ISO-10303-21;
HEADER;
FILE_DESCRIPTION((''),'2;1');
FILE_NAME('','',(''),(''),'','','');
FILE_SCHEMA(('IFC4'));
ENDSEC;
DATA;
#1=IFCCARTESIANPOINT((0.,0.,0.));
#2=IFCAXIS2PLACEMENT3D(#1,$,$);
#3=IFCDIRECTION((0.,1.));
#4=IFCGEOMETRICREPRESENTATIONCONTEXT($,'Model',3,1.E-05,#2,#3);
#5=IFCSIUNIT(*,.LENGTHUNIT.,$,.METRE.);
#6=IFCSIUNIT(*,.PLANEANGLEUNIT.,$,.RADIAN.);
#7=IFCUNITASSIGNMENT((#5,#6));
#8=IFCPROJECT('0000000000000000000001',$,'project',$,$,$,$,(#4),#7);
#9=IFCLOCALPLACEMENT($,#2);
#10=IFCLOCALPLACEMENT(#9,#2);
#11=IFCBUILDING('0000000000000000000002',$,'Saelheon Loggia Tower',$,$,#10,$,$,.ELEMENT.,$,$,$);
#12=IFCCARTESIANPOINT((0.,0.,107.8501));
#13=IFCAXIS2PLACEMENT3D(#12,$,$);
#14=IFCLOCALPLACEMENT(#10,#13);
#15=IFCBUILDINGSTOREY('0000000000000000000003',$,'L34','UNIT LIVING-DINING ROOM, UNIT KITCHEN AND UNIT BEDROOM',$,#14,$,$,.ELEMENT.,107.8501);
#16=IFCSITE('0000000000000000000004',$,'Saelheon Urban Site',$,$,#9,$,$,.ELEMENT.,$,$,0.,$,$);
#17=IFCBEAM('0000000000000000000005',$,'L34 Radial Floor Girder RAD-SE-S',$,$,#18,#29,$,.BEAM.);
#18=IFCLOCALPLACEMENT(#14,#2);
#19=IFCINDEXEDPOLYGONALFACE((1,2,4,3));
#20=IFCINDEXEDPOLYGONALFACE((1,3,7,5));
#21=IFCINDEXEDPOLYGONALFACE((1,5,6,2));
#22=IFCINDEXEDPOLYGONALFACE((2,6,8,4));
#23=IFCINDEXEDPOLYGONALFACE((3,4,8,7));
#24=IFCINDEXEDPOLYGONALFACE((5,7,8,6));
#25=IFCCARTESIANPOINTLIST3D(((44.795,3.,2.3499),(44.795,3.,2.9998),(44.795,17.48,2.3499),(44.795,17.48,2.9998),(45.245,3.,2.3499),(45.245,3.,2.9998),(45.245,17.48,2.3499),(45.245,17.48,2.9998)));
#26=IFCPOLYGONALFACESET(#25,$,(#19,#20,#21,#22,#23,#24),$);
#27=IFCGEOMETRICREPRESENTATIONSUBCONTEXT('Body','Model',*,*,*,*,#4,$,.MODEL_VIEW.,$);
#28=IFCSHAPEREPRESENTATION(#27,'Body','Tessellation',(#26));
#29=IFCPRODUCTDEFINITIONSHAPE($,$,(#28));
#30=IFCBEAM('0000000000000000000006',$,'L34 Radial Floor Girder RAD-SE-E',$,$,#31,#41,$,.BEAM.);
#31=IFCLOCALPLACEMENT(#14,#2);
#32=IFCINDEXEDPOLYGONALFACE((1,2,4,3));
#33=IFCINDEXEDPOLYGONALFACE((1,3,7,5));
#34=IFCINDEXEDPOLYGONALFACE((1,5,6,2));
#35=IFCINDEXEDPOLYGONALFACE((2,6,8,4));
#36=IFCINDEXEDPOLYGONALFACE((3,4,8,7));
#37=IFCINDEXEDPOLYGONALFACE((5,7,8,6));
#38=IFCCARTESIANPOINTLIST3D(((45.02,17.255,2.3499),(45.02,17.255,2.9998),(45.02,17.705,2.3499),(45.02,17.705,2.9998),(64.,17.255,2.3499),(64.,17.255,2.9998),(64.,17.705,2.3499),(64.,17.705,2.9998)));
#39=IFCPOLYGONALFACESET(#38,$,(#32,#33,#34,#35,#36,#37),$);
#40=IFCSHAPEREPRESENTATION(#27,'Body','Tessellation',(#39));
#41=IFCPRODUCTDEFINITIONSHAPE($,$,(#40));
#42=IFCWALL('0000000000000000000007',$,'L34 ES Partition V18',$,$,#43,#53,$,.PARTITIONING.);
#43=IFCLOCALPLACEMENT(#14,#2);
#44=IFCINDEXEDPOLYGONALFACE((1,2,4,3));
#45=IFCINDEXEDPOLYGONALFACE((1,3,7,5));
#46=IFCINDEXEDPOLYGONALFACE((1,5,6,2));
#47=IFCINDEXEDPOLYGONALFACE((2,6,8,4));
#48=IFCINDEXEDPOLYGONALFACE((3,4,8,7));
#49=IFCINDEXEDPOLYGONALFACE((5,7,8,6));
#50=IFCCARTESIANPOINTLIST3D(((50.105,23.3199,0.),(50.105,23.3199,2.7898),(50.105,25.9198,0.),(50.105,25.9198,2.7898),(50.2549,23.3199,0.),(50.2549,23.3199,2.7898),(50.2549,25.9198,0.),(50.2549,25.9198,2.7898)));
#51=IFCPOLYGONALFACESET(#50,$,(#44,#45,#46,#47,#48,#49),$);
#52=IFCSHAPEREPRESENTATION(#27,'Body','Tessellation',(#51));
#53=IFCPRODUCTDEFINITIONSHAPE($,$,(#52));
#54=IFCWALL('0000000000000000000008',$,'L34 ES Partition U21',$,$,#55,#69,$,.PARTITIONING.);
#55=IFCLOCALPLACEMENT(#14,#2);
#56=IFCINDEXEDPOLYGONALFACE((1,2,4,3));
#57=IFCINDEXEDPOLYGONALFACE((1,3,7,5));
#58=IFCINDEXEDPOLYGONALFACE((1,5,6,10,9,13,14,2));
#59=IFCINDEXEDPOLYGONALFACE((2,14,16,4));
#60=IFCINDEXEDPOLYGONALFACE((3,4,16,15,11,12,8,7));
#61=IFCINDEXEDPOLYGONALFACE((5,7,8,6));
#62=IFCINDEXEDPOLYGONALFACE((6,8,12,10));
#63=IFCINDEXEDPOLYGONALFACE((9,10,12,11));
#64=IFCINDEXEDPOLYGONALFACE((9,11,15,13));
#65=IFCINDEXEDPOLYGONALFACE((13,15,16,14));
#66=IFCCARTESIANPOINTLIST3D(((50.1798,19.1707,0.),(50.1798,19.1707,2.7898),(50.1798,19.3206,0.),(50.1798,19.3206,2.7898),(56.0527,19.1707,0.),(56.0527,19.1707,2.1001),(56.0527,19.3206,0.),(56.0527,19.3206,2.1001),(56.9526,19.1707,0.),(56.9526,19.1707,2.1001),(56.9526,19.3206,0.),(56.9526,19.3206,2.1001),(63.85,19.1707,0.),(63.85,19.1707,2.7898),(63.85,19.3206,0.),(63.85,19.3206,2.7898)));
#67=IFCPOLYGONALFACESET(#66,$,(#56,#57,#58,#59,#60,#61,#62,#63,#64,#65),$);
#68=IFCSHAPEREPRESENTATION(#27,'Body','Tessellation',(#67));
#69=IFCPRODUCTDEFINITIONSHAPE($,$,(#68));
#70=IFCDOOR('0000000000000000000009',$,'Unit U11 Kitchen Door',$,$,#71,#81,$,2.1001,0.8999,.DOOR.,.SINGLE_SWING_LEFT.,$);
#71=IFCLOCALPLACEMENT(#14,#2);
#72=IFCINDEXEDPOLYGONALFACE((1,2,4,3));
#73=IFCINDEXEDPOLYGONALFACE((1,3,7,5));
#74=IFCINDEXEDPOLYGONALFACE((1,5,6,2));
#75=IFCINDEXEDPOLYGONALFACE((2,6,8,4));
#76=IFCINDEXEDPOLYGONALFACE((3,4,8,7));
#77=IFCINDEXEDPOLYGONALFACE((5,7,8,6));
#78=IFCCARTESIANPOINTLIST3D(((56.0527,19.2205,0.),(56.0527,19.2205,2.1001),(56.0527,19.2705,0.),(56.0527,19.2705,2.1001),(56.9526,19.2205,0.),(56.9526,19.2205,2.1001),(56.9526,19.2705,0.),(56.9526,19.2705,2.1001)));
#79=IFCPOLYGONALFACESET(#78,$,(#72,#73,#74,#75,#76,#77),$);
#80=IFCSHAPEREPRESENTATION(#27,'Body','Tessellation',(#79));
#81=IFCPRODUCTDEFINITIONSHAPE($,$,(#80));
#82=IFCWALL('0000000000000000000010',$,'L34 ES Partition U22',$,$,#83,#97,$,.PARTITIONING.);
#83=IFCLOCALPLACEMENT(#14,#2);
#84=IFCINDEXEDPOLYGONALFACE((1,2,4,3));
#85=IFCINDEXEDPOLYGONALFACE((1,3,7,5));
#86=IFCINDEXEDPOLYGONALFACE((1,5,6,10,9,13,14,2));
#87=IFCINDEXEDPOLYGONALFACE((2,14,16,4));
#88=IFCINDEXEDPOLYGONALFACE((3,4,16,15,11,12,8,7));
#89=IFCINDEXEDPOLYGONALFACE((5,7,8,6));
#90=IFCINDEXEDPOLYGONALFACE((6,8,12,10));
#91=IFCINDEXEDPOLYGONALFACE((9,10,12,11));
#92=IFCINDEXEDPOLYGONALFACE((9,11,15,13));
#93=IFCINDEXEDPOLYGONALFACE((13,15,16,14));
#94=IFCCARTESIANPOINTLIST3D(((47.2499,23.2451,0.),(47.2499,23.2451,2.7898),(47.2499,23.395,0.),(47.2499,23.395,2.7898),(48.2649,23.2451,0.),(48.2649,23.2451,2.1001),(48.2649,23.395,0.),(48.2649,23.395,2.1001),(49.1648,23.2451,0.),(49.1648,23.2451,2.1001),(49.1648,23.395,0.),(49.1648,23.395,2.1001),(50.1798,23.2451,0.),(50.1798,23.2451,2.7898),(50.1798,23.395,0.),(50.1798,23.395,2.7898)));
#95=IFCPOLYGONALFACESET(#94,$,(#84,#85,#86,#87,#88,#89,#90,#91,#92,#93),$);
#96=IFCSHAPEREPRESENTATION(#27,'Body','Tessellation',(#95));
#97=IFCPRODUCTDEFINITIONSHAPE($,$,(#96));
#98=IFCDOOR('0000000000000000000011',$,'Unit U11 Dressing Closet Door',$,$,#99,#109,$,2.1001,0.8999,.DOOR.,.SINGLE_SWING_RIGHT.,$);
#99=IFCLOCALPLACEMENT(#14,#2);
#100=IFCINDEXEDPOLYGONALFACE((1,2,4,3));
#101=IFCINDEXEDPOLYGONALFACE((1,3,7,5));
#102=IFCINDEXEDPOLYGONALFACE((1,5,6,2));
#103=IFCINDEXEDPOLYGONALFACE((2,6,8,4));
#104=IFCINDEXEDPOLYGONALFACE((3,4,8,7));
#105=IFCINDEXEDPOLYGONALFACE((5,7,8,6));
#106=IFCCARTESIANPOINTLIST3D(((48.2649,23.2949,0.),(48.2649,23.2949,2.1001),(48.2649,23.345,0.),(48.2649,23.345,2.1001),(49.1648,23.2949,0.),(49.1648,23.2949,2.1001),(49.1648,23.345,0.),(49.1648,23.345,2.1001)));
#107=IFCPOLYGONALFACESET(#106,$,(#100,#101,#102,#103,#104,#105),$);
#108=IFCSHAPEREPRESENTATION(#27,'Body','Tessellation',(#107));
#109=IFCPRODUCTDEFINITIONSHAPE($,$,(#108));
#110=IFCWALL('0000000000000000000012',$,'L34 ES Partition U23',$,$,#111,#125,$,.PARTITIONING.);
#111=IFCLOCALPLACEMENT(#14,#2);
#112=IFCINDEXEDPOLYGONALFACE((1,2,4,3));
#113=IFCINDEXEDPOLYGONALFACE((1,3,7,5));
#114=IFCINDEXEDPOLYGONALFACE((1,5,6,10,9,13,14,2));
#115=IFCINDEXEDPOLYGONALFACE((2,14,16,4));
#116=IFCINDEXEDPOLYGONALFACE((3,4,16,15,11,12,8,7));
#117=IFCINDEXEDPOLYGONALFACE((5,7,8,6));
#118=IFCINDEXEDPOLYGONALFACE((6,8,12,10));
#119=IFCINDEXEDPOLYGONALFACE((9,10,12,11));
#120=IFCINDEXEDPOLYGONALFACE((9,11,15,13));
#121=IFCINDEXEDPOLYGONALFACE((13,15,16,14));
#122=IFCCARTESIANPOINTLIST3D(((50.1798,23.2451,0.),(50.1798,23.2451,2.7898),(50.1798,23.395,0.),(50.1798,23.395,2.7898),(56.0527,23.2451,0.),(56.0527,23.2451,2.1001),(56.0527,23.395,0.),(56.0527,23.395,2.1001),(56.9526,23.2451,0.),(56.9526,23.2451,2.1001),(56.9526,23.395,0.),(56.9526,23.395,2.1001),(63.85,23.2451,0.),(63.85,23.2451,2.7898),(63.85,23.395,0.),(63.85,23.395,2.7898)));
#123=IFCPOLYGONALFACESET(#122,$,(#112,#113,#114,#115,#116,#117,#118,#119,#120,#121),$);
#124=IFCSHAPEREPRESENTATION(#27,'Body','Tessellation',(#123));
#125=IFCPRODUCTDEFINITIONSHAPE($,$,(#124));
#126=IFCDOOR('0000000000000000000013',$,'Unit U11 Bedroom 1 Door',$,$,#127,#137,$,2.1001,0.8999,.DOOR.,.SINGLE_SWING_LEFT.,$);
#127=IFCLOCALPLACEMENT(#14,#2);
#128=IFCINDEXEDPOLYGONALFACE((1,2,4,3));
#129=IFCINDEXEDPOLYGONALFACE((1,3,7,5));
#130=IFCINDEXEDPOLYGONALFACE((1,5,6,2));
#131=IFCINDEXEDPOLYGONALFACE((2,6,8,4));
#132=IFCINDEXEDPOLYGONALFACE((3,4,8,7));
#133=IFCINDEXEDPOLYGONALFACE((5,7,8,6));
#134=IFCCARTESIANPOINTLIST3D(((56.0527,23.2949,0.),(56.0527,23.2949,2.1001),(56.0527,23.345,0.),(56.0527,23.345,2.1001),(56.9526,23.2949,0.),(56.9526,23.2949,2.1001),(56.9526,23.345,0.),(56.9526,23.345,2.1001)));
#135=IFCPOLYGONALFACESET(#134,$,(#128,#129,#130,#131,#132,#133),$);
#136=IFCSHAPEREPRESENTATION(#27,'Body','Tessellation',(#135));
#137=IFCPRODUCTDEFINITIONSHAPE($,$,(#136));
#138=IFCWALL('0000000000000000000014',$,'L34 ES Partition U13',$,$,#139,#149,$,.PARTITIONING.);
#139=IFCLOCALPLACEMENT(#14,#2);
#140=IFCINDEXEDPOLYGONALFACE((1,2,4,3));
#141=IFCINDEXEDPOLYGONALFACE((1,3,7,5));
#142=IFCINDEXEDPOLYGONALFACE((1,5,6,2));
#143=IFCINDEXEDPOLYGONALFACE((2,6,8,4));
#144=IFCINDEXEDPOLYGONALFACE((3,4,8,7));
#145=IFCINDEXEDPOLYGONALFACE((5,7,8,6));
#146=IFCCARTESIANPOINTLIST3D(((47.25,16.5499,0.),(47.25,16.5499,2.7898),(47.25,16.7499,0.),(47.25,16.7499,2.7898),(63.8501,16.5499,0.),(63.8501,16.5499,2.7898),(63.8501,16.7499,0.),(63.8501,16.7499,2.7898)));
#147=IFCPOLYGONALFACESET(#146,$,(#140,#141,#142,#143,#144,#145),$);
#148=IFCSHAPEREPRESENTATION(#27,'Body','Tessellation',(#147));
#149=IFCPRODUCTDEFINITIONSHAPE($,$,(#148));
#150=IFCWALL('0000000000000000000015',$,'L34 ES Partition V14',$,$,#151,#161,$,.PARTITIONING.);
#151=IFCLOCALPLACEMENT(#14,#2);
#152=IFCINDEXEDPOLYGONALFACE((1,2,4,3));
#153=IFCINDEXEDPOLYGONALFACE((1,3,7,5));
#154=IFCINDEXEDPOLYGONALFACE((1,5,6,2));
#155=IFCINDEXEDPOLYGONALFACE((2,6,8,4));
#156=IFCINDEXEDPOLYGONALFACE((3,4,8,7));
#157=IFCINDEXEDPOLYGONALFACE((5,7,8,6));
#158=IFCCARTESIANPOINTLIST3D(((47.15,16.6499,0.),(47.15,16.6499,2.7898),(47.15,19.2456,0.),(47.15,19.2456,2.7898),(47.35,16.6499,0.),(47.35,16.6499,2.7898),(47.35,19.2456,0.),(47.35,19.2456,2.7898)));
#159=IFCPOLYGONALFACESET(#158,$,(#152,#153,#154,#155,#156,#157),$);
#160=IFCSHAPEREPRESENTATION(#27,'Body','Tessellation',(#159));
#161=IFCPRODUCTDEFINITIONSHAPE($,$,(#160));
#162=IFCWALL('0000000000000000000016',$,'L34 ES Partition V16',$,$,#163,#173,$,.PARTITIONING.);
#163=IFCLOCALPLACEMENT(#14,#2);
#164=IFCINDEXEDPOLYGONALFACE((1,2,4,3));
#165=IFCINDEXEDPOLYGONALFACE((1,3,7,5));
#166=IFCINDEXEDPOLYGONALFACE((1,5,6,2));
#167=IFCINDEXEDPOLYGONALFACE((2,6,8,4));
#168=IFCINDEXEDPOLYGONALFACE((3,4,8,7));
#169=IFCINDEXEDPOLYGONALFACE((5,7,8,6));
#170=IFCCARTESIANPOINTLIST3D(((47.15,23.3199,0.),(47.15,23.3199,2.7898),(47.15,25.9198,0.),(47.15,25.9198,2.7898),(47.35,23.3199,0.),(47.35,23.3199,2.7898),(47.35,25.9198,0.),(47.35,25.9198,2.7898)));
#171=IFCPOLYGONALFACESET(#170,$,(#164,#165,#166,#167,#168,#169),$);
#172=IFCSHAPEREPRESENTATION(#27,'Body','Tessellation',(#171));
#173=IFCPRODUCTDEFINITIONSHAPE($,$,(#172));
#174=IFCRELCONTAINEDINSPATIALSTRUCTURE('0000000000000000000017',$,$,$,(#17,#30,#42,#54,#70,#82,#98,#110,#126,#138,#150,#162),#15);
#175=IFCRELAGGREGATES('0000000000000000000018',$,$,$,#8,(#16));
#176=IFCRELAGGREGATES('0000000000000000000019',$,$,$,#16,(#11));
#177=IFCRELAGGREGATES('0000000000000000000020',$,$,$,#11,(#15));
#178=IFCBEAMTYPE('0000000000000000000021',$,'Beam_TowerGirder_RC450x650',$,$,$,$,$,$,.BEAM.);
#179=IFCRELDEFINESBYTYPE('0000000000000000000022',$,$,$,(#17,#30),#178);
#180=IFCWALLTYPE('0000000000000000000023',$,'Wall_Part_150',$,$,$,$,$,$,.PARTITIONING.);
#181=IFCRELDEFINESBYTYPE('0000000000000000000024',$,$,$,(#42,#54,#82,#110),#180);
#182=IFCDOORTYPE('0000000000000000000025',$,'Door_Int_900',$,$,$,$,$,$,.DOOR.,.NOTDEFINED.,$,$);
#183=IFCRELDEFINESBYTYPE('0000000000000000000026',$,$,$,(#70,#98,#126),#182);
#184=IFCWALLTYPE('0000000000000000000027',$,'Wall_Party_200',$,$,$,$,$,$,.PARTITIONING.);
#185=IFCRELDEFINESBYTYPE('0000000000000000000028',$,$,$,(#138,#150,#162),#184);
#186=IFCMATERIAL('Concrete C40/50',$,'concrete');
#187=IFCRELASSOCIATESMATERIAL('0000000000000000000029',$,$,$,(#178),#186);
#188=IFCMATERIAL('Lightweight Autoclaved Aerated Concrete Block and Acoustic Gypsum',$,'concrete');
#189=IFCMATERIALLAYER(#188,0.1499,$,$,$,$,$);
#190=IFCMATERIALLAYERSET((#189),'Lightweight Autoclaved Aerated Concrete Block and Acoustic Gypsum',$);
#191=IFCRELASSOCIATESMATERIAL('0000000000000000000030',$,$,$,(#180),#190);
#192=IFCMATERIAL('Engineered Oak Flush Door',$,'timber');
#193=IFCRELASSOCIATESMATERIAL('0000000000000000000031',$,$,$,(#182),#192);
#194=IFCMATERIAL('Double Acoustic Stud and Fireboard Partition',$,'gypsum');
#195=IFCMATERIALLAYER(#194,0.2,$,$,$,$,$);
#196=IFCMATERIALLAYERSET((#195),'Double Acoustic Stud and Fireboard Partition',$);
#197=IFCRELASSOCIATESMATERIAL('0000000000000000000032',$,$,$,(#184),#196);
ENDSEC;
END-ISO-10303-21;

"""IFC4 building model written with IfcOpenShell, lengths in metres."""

from ifc_helpers import new_model, si_unit, direction, frame, frame_2d, origin, origin_2d, place, context, subcontext, project, spatial, rectangle, extrude, source, transform, mapped, material, layer, layer_set, material_profile, profile_set, type_object, element, fill, save


model = new_model("IFC4")

# Units and contexts
model_context = context("Model", 3, precision=1e-05, world=origin(), true_north=direction((0.0, 1.0)))
body_context = subcontext(model_context, "Body", "Model", "MODEL_VIEW")
ifc_project = project(units=[si_unit("LENGTHUNIT", "METRE"), si_unit("PLANEANGLEUNIT", "RADIAN")], contexts=[model_context])

# Site, building, storey
site_placement = place(None, origin())
site = spatial("IfcSite", under=ifc_project, at=site_placement, Name="Saelheon Urban Site", CompositionType="ELEMENT", RefElevation=0.0)
building_placement = place(site_placement, origin())
building = spatial("IfcBuilding", under=site, at=building_placement, Name="Saelheon Loggia Tower", CompositionType="ELEMENT")
storey_placement = place(building_placement, frame((0.0, 0.0, 107.8501)))
storey = spatial("IfcBuildingStorey", under=building, at=storey_placement, Name="L34", Description="UNIT LIVING-DINING ROOM, UNIT KITCHEN AND UNIT BEDROOM", CompositionType="ELEMENT", Elevation=107.8501)

# Beams
ifc_material_1 = material(Name="Concrete C40/50", Category="concrete")
ifc_material_profile = material_profile(ifc_material_1, rectangle(XDim=0.45, YDim=0.6499, at=origin_2d()), Name="RC-450x650")
ifc_profile_set = profile_set([ifc_material_profile], Name="Concrete C40/50")
beam_type = type_object("IfcBeamType", Name="Beam_TowerGirder_RC450x650", PredefinedType="BEAM", material=ifc_profile_set)
shared_shape_1 = source(origin(), body_context, "Body", "SweptSolid", [
    extrude(rectangle(XDim=0.45, YDim=0.6499, at=origin_2d()), origin(), (0.0, 0.0, 1.0), 14.48),
])
beam_1_placement = place(storey_placement, frame((45.02, 17.48, 2.6748), z_axis=(0.0, -1.0, 0.0), x_axis=(1.0, 0.0, 0.0)))
element("IfcBeam", 1, at=beam_1_placement, inside=storey, type_object=beam_type, Name="L34 Radial Floor Girder RAD-SE-S", PredefinedType="BEAM", context=body_context, shape_type="MappedRepresentation", body=[
    mapped(shared_shape_1, transform((0.0, 0.0, 0.0), scale=1.0)),
])
shared_shape_2 = source(origin(), body_context, "Body", "SweptSolid", [
    extrude(rectangle(XDim=0.45, YDim=0.6499, at=origin_2d()), origin(), (0.0, 0.0, 1.0), 18.98),
])
beam_2_placement = place(storey_placement, frame((45.02, 17.48, 2.6748), z_axis=(1.0, 0.0, 0.0), x_axis=(0.0, 1.0, 0.0)))
element("IfcBeam", 2, at=beam_2_placement, inside=storey, type_object=beam_type, Name="L34 Radial Floor Girder RAD-SE-E", PredefinedType="BEAM", context=body_context, shape_type="MappedRepresentation", body=[
    mapped(shared_shape_2, transform((0.0, 0.0, 0.0), scale=1.0)),
])

# Wall
ifc_material_2 = material(Name="Lightweight Autoclaved Aerated Concrete Block and Acoustic Gypsum", Category="concrete")
ifc_layer_1 = layer(ifc_material_2, 0.1499)
ifc_layer_set_1 = layer_set([ifc_layer_1], Name="Lightweight Autoclaved Aerated Concrete Block and Acoustic Gypsum")
wall_type_1 = type_object("IfcWallType", Name="Wall_Part_150", PredefinedType="PARTITIONING", material=ifc_layer_set_1)
wall_1_placement = place(storey_placement, frame((50.1799, 23.3201, 0.0), z_axis=(0.0, 0.0, 1.0), x_axis=(0.0, 1.0, 0.0)))
element("IfcWall", 3, at=wall_1_placement, inside=storey, type_object=wall_type_1, Name="L34 ES Partition V18", PredefinedType="PARTITIONING", context=body_context, shape_type="SweptSolid", body=[
    extrude(rectangle(XDim=2.5999, YDim=0.1499, at=frame_2d((1.2998, 0.0))), origin(), (0.0, 0.0, 1.0), 2.7898),
])

# Walls, openings, doors
wall_2_placement = place(storey_placement, frame((50.1799, 19.2456, 0.0), z_axis=(0.0, 0.0, 1.0), x_axis=(1.0, 0.0, 0.0)))
wall_2 = element("IfcWall", 4, at=wall_2_placement, inside=storey, type_object=wall_type_1, Name="L34 ES Partition U21", PredefinedType="PARTITIONING", context=body_context, shape_type="SweptSolid", body=[
    extrude(rectangle(XDim=13.6702, YDim=0.1499, at=frame_2d((6.835, 0.0))), origin(), (0.0, 0.0, 1.0), 2.7898),
])
opening_1_placement = place(wall_2_placement, frame((5.8728, 0.0, 0.0)))
opening_1 = element("IfcOpeningElement", 5, at=opening_1_placement, cuts=wall_2, PredefinedType="OPENING", context=body_context, shape_type="SweptSolid", body=[
    extrude(rectangle(XDim=0.8999, YDim=2.1001, at=frame_2d((0.45, 1.05))), frame((0.0, 0.0869, 0.0), z_axis=(0.0, -1.0, 0.0), x_axis=(1.0, 0.0, 0.0)), (0.0, 0.0, 1.0), 0.1738),
])
ifc_material_3 = material(Name="Engineered Oak Flush Door", Category="timber")
door_type_1 = type_object("IfcDoorType", Name="Door_Int_900", OperationType="NOTDEFINED", PredefinedType="DOOR", material=ifc_material_3)
shared_shape_3 = source(origin(), body_context, "Body", "SweptSolid", [
    extrude(rectangle(XDim=0.8999, YDim=2.1001, at=frame_2d((0.45, 1.05))), frame((0.0, 0.0249, 0.0), z_axis=(0.0, -1.0, 0.0), x_axis=(1.0, 0.0, 0.0)), (0.0, 0.0, 1.0), 0.05),
])
door_1_placement = place(opening_1_placement, origin())
door_1 = element("IfcDoor", 6, at=door_1_placement, inside=storey, type_object=door_type_1, Name="Unit U11 Kitchen Door", OperationType="SINGLE_SWING_LEFT", OverallHeight=2.1001, OverallWidth=0.8999, PredefinedType="DOOR", context=body_context, shape_type="MappedRepresentation", body=[
    mapped(shared_shape_3, transform((0.0, 0.0, 0.0), scale=1.0)),
])
fill(opening_1, door_1)
wall_3_placement = place(storey_placement, frame((47.25, 23.3201, 0.0), z_axis=(0.0, 0.0, 1.0), x_axis=(1.0, 0.0, 0.0)))
wall_3 = element("IfcWall", 7, at=wall_3_placement, inside=storey, type_object=wall_type_1, Name="L34 ES Partition U22", PredefinedType="PARTITIONING", context=body_context, shape_type="SweptSolid", body=[
    extrude(rectangle(XDim=2.9299, YDim=0.1499, at=frame_2d((1.4648, 0.0))), origin(), (0.0, 0.0, 1.0), 2.7898),
])
opening_2_placement = place(wall_3_placement, frame((1.0149, 0.0, 0.0)))
opening_2 = element("IfcOpeningElement", 8, at=opening_2_placement, cuts=wall_3, PredefinedType="OPENING", context=body_context, shape_type="SweptSolid", body=[
    extrude(rectangle(XDim=0.8999, YDim=2.1001, at=frame_2d((0.45, 1.05))), frame((0.0, 0.0869, 0.0), z_axis=(0.0, -1.0, 0.0), x_axis=(1.0, 0.0, 0.0)), (0.0, 0.0, 1.0), 0.1738),
])
door_2_placement = place(opening_2_placement, origin())
door_2 = element("IfcDoor", 9, at=door_2_placement, inside=storey, type_object=door_type_1, Name="Unit U11 Dressing Closet Door", OperationType="SINGLE_SWING_RIGHT", OverallHeight=2.1001, OverallWidth=0.8999, PredefinedType="DOOR", context=body_context, shape_type="MappedRepresentation", body=[
    mapped(shared_shape_3, transform((0.0, 0.0, 0.0), scale=1.0)),
])
fill(opening_2, door_2)
wall_4_placement = place(storey_placement, frame((50.1799, 23.3201, 0.0), z_axis=(0.0, 0.0, 1.0), x_axis=(1.0, 0.0, 0.0)))
wall_4 = element("IfcWall", 10, at=wall_4_placement, inside=storey, type_object=wall_type_1, Name="L34 ES Partition U23", PredefinedType="PARTITIONING", context=body_context, shape_type="SweptSolid", body=[
    extrude(rectangle(XDim=13.6702, YDim=0.1499, at=frame_2d((6.835, 0.0))), origin(), (0.0, 0.0, 1.0), 2.7898),
])
opening_3_placement = place(wall_4_placement, frame((5.8728, 0.0, 0.0)))
opening_3 = element("IfcOpeningElement", 11, at=opening_3_placement, cuts=wall_4, PredefinedType="OPENING", context=body_context, shape_type="SweptSolid", body=[
    extrude(rectangle(XDim=0.8999, YDim=2.1001, at=frame_2d((0.45, 1.05))), frame((0.0, 0.0869, 0.0), z_axis=(0.0, -1.0, 0.0), x_axis=(1.0, 0.0, 0.0)), (0.0, 0.0, 1.0), 0.1738),
])
door_3_placement = place(opening_3_placement, origin())
door_3 = element("IfcDoor", 12, at=door_3_placement, inside=storey, type_object=door_type_1, Name="Unit U11 Bedroom 1 Door", OperationType="SINGLE_SWING_LEFT", OverallHeight=2.1001, OverallWidth=0.8999, PredefinedType="DOOR", context=body_context, shape_type="MappedRepresentation", body=[
    mapped(shared_shape_3, transform((0.0, 0.0, 0.0), scale=1.0)),
])
fill(opening_3, door_3)

# Walls
ifc_material_4 = material(Name="Double Acoustic Stud and Fireboard Partition", Category="gypsum")
ifc_layer_2 = layer(ifc_material_4, 0.2)
ifc_layer_set_2 = layer_set([ifc_layer_2], Name="Double Acoustic Stud and Fireboard Partition")
wall_type_2 = type_object("IfcWallType", Name="Wall_Party_200", PredefinedType="PARTITIONING", material=ifc_layer_set_2)
wall_5_placement = place(storey_placement, frame((47.25, 16.6499, 0.0), z_axis=(0.0, 0.0, 1.0), x_axis=(1.0, 0.0, 0.0)))
element("IfcWall", 13, at=wall_5_placement, inside=storey, type_object=wall_type_2, Name="L34 ES Partition U13", PredefinedType="PARTITIONING", context=body_context, shape_type="SweptSolid", body=[
    extrude(rectangle(XDim=16.6001, YDim=0.2, at=frame_2d((8.3, 0.0))), origin(), (0.0, 0.0, 1.0), 2.7898),
])
wall_6_placement = place(storey_placement, frame((47.25, 16.6499, 0.0), z_axis=(0.0, 0.0, 1.0), x_axis=(0.0, 1.0, 0.0)))
element("IfcWall", 14, at=wall_6_placement, inside=storey, type_object=wall_type_2, Name="L34 ES Partition V14", PredefinedType="PARTITIONING", context=body_context, shape_type="SweptSolid", body=[
    extrude(rectangle(XDim=2.5957, YDim=0.2, at=frame_2d((1.2979, 0.0))), origin(), (0.0, 0.0, 1.0), 2.7898),
])

# Wall
wall_7_placement = place(storey_placement, frame((47.25, 23.3201, 0.0), z_axis=(0.0, 0.0, 1.0), x_axis=(0.0, 1.0, 0.0)))
element("IfcWall", 15, at=wall_7_placement, inside=storey, type_object=wall_type_2, Name="L34 ES Partition V16", PredefinedType="PARTITIONING", context=body_context, shape_type="SweptSolid", body=[
    extrude(rectangle(XDim=2.5999, YDim=0.2, at=frame_2d((1.2998, 0.0))), origin(), (0.0, 0.0, 1.0), 2.7898),
])

save(model, "model.ifc")
